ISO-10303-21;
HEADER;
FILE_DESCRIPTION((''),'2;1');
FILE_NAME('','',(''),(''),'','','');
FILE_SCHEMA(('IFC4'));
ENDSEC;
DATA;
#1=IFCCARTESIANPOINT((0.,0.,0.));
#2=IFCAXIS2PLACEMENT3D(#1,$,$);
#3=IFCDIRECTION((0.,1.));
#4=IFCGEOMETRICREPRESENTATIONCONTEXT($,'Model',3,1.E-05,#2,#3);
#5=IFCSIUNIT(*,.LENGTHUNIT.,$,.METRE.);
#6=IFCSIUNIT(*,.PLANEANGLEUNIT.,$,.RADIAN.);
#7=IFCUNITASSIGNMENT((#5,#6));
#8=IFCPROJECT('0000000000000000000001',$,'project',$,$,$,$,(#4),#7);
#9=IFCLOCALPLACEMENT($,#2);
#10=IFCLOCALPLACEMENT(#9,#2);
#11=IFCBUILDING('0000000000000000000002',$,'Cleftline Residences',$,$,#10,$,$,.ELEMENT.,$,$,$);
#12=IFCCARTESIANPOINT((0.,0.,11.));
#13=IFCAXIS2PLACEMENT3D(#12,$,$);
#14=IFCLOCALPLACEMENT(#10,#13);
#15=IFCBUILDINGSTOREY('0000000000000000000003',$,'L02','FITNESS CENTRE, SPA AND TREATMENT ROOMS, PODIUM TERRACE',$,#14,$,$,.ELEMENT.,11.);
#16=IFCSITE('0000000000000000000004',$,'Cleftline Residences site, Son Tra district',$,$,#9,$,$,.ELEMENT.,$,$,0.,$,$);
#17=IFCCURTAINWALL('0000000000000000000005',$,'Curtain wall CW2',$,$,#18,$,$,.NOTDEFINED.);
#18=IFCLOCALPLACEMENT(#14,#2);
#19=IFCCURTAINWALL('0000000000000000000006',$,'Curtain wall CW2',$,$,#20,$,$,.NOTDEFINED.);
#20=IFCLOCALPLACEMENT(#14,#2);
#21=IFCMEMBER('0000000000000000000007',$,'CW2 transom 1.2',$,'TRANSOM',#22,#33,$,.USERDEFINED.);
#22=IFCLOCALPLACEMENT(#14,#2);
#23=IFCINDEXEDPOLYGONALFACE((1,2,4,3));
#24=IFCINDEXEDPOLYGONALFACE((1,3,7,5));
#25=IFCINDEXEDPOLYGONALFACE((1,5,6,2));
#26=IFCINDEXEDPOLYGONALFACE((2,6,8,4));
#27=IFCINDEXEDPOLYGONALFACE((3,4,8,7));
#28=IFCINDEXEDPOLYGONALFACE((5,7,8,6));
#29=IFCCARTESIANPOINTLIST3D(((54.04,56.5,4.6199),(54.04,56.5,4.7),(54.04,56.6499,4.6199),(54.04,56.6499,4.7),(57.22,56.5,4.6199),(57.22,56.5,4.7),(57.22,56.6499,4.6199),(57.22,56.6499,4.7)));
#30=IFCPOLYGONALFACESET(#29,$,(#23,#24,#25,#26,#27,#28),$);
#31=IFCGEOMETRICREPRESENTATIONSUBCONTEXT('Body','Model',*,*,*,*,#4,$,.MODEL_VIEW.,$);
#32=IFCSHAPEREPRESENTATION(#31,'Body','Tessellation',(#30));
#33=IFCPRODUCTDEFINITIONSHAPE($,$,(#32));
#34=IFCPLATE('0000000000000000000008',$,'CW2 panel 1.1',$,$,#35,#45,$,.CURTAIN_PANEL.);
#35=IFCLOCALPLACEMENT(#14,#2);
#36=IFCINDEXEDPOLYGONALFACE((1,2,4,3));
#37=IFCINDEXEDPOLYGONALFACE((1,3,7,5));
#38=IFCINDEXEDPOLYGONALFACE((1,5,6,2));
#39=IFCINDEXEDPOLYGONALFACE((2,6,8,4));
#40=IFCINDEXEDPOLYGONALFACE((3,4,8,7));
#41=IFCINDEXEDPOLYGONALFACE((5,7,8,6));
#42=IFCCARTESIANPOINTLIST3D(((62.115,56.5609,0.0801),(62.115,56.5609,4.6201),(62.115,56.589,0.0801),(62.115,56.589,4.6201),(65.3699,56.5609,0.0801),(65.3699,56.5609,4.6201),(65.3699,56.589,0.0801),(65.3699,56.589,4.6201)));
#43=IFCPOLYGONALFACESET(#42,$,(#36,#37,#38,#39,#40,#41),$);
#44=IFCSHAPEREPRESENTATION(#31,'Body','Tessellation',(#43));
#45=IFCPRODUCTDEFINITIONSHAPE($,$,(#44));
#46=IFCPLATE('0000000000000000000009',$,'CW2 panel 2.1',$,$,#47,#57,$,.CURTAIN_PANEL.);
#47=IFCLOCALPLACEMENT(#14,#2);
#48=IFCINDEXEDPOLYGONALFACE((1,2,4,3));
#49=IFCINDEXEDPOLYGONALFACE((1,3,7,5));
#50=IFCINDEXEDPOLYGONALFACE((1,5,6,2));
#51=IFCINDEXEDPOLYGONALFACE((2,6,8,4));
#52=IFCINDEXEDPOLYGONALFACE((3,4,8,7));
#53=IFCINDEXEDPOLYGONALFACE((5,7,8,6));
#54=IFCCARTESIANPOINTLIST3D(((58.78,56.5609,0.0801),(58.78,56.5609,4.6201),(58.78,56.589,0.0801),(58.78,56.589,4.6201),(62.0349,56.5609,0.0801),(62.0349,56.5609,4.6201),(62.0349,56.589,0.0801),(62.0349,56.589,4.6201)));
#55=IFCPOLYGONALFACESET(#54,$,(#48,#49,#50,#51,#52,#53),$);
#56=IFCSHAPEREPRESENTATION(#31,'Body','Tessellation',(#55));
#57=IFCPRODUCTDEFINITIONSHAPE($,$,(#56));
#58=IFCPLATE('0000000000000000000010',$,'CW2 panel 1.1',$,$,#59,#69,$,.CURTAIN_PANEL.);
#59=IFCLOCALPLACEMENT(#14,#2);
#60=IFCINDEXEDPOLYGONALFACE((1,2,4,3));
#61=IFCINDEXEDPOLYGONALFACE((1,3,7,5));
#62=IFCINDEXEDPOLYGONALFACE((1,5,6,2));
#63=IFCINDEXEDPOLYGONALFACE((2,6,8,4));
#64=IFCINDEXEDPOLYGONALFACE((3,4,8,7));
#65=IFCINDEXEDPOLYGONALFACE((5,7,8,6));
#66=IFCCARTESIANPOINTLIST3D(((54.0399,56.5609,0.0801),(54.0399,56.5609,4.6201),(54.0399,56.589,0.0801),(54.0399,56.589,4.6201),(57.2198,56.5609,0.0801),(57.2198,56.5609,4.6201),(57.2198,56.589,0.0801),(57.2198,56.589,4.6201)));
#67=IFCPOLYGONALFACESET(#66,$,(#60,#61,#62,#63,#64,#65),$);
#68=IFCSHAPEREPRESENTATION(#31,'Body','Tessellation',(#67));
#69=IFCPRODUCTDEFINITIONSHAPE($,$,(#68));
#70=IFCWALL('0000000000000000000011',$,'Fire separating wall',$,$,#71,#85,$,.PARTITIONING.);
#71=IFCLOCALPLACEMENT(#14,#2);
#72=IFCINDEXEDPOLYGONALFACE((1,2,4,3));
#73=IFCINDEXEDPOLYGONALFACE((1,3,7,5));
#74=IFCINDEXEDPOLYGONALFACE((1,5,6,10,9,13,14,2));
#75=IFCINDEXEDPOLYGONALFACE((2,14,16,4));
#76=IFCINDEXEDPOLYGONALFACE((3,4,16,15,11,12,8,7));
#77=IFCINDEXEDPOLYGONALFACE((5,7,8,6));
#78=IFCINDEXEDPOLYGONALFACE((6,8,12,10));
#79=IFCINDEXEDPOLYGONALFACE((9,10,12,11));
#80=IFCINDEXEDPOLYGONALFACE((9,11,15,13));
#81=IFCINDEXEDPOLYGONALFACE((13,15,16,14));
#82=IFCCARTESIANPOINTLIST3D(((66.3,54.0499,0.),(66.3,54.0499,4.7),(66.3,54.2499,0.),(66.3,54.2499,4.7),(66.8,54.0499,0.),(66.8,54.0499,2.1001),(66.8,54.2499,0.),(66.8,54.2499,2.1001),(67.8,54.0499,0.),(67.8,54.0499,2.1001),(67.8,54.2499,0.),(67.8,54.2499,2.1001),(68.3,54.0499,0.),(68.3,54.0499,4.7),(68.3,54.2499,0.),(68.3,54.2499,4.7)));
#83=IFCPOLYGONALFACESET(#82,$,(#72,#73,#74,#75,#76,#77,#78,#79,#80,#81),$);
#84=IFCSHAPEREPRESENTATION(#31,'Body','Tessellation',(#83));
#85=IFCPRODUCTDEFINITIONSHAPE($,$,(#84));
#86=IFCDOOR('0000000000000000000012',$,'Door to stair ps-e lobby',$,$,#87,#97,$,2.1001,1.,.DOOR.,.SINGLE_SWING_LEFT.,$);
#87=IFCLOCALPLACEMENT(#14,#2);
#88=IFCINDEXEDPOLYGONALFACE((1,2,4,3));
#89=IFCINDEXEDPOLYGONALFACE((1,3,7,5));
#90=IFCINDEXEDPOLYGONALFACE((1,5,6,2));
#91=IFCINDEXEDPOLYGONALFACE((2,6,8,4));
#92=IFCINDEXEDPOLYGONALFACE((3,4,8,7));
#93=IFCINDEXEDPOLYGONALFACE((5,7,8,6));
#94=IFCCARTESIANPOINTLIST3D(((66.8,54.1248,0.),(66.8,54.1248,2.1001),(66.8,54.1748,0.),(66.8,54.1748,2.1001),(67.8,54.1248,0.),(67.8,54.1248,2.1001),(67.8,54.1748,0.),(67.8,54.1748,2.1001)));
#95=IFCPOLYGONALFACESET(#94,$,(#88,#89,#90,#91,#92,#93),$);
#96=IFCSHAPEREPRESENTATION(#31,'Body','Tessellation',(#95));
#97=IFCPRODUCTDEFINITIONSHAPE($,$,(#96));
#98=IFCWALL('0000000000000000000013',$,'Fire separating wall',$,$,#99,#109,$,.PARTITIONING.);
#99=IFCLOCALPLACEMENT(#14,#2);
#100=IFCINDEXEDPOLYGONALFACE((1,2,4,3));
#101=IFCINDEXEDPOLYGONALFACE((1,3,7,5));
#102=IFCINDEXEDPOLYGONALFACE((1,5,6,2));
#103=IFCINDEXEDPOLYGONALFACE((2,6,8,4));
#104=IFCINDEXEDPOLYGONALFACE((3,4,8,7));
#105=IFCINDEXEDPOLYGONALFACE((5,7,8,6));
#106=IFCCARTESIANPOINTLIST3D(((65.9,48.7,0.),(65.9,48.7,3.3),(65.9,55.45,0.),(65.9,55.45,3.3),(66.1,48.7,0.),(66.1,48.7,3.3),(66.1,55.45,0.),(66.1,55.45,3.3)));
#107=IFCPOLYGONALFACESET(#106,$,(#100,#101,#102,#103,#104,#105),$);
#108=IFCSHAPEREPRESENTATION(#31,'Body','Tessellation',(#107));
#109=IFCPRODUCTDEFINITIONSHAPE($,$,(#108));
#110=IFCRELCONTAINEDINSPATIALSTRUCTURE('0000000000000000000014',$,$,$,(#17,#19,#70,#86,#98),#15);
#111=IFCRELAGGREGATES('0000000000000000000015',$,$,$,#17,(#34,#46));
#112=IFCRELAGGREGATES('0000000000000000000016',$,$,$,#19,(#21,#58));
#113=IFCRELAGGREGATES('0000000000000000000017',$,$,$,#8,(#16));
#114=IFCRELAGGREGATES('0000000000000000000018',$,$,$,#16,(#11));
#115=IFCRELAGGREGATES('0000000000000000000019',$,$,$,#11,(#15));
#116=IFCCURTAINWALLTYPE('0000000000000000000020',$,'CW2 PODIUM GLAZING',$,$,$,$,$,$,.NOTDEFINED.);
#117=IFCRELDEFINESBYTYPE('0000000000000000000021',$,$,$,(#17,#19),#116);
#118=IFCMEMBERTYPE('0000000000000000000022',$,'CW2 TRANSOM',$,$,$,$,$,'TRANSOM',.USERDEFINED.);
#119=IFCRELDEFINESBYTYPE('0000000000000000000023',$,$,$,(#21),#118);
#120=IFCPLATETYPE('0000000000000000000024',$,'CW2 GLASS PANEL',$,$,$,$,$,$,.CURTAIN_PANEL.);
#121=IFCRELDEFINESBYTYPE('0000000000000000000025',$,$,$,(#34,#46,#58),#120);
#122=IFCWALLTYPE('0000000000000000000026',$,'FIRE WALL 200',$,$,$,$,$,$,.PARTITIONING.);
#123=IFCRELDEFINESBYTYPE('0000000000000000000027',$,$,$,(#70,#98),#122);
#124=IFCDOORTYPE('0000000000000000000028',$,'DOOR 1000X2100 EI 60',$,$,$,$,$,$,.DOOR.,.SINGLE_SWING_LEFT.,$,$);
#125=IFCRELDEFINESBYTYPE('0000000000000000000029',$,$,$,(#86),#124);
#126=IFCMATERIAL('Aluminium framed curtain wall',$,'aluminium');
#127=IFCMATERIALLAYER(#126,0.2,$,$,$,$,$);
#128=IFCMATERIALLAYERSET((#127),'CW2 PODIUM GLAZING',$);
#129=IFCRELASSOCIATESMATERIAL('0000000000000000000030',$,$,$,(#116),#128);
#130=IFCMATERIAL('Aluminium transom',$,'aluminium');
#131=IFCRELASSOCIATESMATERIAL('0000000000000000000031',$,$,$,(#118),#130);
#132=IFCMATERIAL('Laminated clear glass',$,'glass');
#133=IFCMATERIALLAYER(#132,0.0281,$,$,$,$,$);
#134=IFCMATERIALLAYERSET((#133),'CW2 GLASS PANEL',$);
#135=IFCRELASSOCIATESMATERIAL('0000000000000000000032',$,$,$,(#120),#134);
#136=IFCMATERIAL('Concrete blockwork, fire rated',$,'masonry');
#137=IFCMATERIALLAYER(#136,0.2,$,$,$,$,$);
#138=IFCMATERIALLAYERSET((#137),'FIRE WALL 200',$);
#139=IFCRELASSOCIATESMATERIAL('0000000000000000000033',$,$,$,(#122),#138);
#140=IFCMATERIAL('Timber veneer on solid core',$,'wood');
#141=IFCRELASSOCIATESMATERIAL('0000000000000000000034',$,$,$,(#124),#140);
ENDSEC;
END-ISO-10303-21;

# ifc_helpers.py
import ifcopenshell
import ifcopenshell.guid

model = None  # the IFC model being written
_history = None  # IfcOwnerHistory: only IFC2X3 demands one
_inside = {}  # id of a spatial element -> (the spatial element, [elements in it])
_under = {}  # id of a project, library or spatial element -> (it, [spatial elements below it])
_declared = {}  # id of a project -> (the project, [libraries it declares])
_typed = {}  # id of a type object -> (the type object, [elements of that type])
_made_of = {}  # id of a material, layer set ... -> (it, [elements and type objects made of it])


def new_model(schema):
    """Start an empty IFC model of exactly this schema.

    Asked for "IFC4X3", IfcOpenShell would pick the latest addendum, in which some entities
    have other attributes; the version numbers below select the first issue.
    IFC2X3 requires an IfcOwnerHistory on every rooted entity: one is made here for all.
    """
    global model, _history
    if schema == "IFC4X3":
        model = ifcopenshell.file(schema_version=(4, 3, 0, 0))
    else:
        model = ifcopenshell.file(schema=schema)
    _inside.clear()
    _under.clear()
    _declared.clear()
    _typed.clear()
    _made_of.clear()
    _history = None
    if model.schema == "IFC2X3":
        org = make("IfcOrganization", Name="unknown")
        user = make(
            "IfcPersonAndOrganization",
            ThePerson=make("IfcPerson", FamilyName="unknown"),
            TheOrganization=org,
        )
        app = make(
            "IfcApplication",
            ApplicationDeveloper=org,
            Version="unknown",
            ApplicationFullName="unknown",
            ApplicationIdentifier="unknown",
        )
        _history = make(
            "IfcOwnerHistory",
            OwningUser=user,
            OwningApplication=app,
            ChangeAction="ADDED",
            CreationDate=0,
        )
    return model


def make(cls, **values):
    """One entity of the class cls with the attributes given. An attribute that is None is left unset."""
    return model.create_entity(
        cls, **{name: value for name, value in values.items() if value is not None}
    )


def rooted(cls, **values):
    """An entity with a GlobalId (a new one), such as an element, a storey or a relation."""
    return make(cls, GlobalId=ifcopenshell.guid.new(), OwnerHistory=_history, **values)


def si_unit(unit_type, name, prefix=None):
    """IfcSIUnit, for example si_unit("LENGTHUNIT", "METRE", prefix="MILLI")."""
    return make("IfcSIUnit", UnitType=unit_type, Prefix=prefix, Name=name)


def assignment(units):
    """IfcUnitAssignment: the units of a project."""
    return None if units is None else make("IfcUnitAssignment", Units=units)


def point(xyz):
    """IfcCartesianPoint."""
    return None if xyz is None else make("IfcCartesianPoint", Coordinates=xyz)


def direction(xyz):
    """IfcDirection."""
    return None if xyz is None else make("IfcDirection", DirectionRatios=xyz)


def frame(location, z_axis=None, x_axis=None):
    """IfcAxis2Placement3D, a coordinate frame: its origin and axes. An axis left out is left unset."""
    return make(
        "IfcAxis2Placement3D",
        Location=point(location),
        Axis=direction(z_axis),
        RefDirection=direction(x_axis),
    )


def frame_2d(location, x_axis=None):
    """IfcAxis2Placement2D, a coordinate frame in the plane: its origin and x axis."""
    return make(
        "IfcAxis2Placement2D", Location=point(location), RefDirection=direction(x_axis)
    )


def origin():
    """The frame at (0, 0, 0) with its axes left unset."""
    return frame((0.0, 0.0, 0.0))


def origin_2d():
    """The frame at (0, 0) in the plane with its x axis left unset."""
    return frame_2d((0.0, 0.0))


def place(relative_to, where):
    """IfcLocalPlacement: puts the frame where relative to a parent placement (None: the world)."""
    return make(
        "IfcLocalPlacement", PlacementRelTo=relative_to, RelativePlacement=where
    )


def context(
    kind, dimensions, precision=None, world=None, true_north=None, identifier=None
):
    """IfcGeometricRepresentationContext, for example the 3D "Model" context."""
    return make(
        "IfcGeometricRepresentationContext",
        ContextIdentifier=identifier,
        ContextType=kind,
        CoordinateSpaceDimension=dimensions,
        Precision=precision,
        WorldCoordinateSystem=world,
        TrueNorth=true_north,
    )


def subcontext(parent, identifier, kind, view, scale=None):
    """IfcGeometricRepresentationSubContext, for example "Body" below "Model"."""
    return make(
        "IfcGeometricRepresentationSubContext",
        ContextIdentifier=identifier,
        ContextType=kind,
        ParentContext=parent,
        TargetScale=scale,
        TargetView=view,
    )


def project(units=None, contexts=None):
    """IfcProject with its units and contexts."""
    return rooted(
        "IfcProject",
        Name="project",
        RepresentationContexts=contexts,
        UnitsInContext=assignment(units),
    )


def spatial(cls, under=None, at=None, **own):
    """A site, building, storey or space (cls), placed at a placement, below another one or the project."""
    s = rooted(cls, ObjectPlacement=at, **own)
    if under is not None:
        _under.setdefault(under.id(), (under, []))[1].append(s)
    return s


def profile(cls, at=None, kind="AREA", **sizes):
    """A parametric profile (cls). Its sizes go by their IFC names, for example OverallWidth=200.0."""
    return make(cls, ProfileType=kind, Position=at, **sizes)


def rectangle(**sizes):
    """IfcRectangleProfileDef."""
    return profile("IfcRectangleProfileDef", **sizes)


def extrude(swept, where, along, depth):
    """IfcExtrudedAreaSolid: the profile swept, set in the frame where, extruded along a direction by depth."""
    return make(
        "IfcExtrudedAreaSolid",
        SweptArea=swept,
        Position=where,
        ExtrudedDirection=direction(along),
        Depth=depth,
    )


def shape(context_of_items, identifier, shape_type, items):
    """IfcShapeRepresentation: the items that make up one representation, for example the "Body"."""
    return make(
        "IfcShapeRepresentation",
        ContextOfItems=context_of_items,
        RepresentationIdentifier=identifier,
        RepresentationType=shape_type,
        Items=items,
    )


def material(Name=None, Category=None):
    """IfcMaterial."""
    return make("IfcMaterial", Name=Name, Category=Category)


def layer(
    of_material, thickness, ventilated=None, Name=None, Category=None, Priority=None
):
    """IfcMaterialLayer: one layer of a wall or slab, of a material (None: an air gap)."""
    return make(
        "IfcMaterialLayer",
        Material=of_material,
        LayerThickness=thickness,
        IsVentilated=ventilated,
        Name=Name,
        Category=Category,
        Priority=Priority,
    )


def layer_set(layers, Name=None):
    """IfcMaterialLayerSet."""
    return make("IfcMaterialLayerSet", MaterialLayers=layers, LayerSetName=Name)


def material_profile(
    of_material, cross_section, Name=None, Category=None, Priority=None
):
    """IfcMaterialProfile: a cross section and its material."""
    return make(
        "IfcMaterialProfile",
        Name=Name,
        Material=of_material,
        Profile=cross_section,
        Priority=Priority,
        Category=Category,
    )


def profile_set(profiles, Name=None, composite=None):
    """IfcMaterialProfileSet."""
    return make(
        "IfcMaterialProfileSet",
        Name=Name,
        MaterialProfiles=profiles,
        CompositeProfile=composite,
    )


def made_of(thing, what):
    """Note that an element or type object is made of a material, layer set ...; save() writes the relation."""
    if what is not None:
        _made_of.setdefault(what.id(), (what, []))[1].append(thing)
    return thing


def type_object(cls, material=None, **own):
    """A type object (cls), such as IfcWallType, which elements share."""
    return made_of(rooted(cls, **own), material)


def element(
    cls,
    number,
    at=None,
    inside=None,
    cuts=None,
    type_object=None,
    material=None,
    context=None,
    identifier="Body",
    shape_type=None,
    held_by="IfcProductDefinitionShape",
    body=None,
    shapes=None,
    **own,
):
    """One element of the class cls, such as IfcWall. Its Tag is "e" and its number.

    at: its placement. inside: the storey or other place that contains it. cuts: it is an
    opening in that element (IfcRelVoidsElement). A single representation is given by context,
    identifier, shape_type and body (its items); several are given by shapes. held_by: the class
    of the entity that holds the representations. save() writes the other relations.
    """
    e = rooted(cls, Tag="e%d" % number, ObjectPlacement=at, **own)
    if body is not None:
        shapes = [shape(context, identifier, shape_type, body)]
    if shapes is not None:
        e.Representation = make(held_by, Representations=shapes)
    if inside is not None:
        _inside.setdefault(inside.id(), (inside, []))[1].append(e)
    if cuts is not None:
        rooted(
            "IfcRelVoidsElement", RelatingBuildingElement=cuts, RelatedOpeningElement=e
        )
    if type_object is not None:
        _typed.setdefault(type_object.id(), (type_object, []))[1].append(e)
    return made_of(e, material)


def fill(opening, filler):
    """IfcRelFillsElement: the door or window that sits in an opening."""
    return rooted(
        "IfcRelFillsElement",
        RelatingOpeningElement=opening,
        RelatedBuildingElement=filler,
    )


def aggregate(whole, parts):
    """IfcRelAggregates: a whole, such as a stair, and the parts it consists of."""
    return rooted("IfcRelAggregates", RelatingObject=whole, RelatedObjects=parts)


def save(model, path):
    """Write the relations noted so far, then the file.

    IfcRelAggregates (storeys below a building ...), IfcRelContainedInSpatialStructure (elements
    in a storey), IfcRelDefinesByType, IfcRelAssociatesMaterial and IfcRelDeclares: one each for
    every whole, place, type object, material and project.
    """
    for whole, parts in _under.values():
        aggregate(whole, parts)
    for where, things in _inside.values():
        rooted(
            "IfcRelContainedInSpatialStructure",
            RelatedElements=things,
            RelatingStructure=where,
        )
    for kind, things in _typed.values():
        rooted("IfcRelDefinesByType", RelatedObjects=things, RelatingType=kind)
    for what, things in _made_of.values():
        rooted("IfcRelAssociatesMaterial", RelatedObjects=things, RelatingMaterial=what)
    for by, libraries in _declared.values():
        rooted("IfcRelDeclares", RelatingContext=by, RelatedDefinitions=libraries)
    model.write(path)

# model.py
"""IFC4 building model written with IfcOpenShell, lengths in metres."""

from ifc_helpers import new_model, si_unit, direction, frame, frame_2d, origin, origin_2d, place, context, subcontext, project, spatial, rectangle, extrude, material, layer, layer_set, material_profile, profile_set, type_object, element, fill, aggregate, save


model = new_model("IFC4")

# Units and contexts
model_context = context("Model", 3, precision=1e-05, world=origin(), true_north=direction((0.0, 1.0)))
body_context = subcontext(model_context, "Body", "Model", "MODEL_VIEW")
ifc_project = project(units=[si_unit("LENGTHUNIT", "METRE"), si_unit("PLANEANGLEUNIT", "RADIAN")], contexts=[model_context])

# Site, building, storey
site_placement = place(None, origin())
site = spatial("IfcSite", under=ifc_project, at=site_placement, Name="Cleftline Residences site, Son Tra district", CompositionType="ELEMENT", RefElevation=0.0)
building_placement = place(site_placement, origin())
building = spatial("IfcBuilding", under=site, at=building_placement, Name="Cleftline Residences", CompositionType="ELEMENT")
storey_placement = place(building_placement, frame((0.0, 0.0, 11.0)))
storey = spatial("IfcBuildingStorey", under=building, at=storey_placement, Name="L02", Description="FITNESS CENTRE, SPA AND TREATMENT ROOMS, PODIUM TERRACE", CompositionType="ELEMENT", Elevation=11.0)

# Curtain wall
ifc_material_1 = material(Name="Aluminium framed curtain wall", Category="aluminium")
ifc_layer_1 = layer(ifc_material_1, 0.2)
ifc_layer_set_1 = layer_set([ifc_layer_1], Name="CW2 PODIUM GLAZING")
curtain_wall_type = type_object("IfcCurtainWallType", Name="CW2 PODIUM GLAZING", PredefinedType="NOTDEFINED", material=ifc_layer_set_1)
curtain_wall_1_placement = place(storey_placement, origin())
curtain_wall_1 = element("IfcCurtainWall", 1, at=curtain_wall_1_placement, inside=storey, type_object=curtain_wall_type, Name="Curtain wall CW2", PredefinedType="NOTDEFINED")

# Curtain wall
curtain_wall_2_placement = place(storey_placement, origin())
curtain_wall_2 = element("IfcCurtainWall", 2, at=curtain_wall_2_placement, inside=storey, type_object=curtain_wall_type, Name="Curtain wall CW2", PredefinedType="NOTDEFINED")

# Member
ifc_material_2 = material(Name="Aluminium transom", Category="aluminium")
ifc_material_profile_1 = material_profile(ifc_material_2, rectangle(XDim=0.1499, YDim=0.0801, at=origin_2d()))
ifc_profile_set_1 = profile_set([ifc_material_profile_1], Name="Aluminium transom")
member_type_1 = type_object("IfcMemberType", Name="CW2 TRANSOM", ElementType="TRANSOM", PredefinedType="USERDEFINED", material=ifc_profile_set_1)
member_1_placement = place(storey_placement, frame((57.22, 56.575, 4.6599), z_axis=(-1.0, 0.0, 0.0), x_axis=(0.0, -1.0, 0.0)))
member_1 = element("IfcMember", 3, at=member_1_placement, type_object=member_type_1, Name="CW2 transom 1.2", ObjectType="TRANSOM", PredefinedType="USERDEFINED", context=body_context, shape_type="SweptSolid", body=[
    extrude(rectangle(XDim=0.1499, YDim=0.0801, at=origin_2d()), origin(), (0.0, 0.0, 1.0), 3.1799),
])

# Plates
ifc_material_3 = material(Name="Laminated clear glass", Category="glass")
ifc_layer_2 = layer(ifc_material_3, 0.0281)
ifc_layer_set_2 = layer_set([ifc_layer_2], Name="CW2 GLASS PANEL")
plate_type = type_object("IfcPlateType", Name="CW2 GLASS PANEL", PredefinedType="CURTAIN_PANEL", material=ifc_layer_set_2)
plate_1_placement = place(storey_placement, frame((63.7424, 56.575, 0.0801), z_axis=(0.0, 0.0, 1.0), x_axis=(-1.0, 0.0, 0.0)))
plate_1 = element("IfcPlate", 4, at=plate_1_placement, type_object=plate_type, Name="CW2 panel 1.1", PredefinedType="CURTAIN_PANEL", context=body_context, shape_type="SweptSolid", body=[
    extrude(rectangle(XDim=3.2549, YDim=0.0281, at=origin_2d()), origin(), (0.0, 0.0, 1.0), 4.54),
])
plate_2_placement = place(storey_placement, frame((60.4075, 56.575, 0.0801), z_axis=(0.0, 0.0, 1.0), x_axis=(-1.0, 0.0, 0.0)))
plate_2 = element("IfcPlate", 5, at=plate_2_placement, type_object=plate_type, Name="CW2 panel 2.1", PredefinedType="CURTAIN_PANEL", context=body_context, shape_type="SweptSolid", body=[
    extrude(rectangle(XDim=3.2549, YDim=0.0281, at=origin_2d()), origin(), (0.0, 0.0, 1.0), 4.54),
])
aggregate(curtain_wall_1, [plate_1, plate_2])
plate_3_placement = place(storey_placement, frame((55.6299, 56.575, 0.0801), z_axis=(0.0, 0.0, 1.0), x_axis=(-1.0, 0.0, 0.0)))
plate_3 = element("IfcPlate", 6, at=plate_3_placement, type_object=plate_type, Name="CW2 panel 1.1", PredefinedType="CURTAIN_PANEL", context=body_context, shape_type="SweptSolid", body=[
    extrude(rectangle(XDim=3.1799, YDim=0.0281, at=origin_2d()), origin(), (0.0, 0.0, 1.0), 4.54),
])
aggregate(curtain_wall_2, [member_1, plate_3])

# Wall, opening, door
ifc_material_4 = material(Name="Concrete blockwork, fire rated", Category="masonry")
ifc_layer_3 = layer(ifc_material_4, 0.2)
ifc_layer_set_3 = layer_set([ifc_layer_3], Name="FIRE WALL 200")
wall_type = type_object("IfcWallType", Name="FIRE WALL 200", PredefinedType="PARTITIONING", material=ifc_layer_set_3)
wall_1_placement = place(storey_placement, frame((66.3, 54.1499, 0.0), z_axis=(0.0, 0.0, 1.0), x_axis=(1.0, 0.0, 0.0)))
wall_1 = element("IfcWall", 7, at=wall_1_placement, inside=storey, type_object=wall_type, Name="Fire separating wall", PredefinedType="PARTITIONING", context=body_context, shape_type="SweptSolid", body=[
    extrude(rectangle(XDim=2.0, YDim=0.2, at=frame_2d((1.0, 0.0))), origin(), (0.0, 0.0, 1.0), 4.7),
])
opening_placement = place(wall_1_placement, frame((0.5, 0.0, 0.0)))
opening = element("IfcOpeningElement", 8, at=opening_placement, cuts=wall_1, PredefinedType="OPENING", context=body_context, shape_type="SweptSolid", body=[
    extrude(rectangle(XDim=1.0, YDim=2.1001, at=frame_2d((0.5, 1.05))), frame((0.0, 0.1099, 0.0), z_axis=(0.0, -1.0, 0.0), x_axis=(1.0, 0.0, 0.0)), (0.0, 0.0, 1.0), 0.22),
])
ifc_material_5 = material(Name="Timber veneer on solid core", Category="wood")
door_type = type_object("IfcDoorType", Name="DOOR 1000X2100 EI 60", OperationType="SINGLE_SWING_LEFT", PredefinedType="DOOR", material=ifc_material_5)
door_placement = place(opening_placement, origin())
door = element("IfcDoor", 9, at=door_placement, inside=storey, type_object=door_type, Name="Door to stair ps-e lobby", OperationType="SINGLE_SWING_LEFT", OverallHeight=2.1001, OverallWidth=1.0, PredefinedType="DOOR", context=body_context, shape_type="SweptSolid", body=[
    extrude(rectangle(XDim=1.0, YDim=2.1001, at=frame_2d((0.5, 1.05))), frame((0.0, 0.0249, 0.0), z_axis=(0.0, -1.0, 0.0), x_axis=(1.0, 0.0, 0.0)), (0.0, 0.0, 1.0), 0.05),
])
fill(opening, door)

# Wall
wall_2_placement = place(storey_placement, frame((66.0, 48.7, 0.0), z_axis=(0.0, 0.0, 1.0), x_axis=(0.0, 1.0, 0.0)))
element("IfcWall", 10, at=wall_2_placement, inside=storey, type_object=wall_type, Name="Fire separating wall", PredefinedType="PARTITIONING", context=body_context, shape_type="SweptSolid", body=[
    extrude(rectangle(XDim=6.75, YDim=0.2, at=frame_2d((3.375, 0.0))), origin(), (0.0, 0.0, 1.0), 3.3),
])

save(model, "model.ifc")
